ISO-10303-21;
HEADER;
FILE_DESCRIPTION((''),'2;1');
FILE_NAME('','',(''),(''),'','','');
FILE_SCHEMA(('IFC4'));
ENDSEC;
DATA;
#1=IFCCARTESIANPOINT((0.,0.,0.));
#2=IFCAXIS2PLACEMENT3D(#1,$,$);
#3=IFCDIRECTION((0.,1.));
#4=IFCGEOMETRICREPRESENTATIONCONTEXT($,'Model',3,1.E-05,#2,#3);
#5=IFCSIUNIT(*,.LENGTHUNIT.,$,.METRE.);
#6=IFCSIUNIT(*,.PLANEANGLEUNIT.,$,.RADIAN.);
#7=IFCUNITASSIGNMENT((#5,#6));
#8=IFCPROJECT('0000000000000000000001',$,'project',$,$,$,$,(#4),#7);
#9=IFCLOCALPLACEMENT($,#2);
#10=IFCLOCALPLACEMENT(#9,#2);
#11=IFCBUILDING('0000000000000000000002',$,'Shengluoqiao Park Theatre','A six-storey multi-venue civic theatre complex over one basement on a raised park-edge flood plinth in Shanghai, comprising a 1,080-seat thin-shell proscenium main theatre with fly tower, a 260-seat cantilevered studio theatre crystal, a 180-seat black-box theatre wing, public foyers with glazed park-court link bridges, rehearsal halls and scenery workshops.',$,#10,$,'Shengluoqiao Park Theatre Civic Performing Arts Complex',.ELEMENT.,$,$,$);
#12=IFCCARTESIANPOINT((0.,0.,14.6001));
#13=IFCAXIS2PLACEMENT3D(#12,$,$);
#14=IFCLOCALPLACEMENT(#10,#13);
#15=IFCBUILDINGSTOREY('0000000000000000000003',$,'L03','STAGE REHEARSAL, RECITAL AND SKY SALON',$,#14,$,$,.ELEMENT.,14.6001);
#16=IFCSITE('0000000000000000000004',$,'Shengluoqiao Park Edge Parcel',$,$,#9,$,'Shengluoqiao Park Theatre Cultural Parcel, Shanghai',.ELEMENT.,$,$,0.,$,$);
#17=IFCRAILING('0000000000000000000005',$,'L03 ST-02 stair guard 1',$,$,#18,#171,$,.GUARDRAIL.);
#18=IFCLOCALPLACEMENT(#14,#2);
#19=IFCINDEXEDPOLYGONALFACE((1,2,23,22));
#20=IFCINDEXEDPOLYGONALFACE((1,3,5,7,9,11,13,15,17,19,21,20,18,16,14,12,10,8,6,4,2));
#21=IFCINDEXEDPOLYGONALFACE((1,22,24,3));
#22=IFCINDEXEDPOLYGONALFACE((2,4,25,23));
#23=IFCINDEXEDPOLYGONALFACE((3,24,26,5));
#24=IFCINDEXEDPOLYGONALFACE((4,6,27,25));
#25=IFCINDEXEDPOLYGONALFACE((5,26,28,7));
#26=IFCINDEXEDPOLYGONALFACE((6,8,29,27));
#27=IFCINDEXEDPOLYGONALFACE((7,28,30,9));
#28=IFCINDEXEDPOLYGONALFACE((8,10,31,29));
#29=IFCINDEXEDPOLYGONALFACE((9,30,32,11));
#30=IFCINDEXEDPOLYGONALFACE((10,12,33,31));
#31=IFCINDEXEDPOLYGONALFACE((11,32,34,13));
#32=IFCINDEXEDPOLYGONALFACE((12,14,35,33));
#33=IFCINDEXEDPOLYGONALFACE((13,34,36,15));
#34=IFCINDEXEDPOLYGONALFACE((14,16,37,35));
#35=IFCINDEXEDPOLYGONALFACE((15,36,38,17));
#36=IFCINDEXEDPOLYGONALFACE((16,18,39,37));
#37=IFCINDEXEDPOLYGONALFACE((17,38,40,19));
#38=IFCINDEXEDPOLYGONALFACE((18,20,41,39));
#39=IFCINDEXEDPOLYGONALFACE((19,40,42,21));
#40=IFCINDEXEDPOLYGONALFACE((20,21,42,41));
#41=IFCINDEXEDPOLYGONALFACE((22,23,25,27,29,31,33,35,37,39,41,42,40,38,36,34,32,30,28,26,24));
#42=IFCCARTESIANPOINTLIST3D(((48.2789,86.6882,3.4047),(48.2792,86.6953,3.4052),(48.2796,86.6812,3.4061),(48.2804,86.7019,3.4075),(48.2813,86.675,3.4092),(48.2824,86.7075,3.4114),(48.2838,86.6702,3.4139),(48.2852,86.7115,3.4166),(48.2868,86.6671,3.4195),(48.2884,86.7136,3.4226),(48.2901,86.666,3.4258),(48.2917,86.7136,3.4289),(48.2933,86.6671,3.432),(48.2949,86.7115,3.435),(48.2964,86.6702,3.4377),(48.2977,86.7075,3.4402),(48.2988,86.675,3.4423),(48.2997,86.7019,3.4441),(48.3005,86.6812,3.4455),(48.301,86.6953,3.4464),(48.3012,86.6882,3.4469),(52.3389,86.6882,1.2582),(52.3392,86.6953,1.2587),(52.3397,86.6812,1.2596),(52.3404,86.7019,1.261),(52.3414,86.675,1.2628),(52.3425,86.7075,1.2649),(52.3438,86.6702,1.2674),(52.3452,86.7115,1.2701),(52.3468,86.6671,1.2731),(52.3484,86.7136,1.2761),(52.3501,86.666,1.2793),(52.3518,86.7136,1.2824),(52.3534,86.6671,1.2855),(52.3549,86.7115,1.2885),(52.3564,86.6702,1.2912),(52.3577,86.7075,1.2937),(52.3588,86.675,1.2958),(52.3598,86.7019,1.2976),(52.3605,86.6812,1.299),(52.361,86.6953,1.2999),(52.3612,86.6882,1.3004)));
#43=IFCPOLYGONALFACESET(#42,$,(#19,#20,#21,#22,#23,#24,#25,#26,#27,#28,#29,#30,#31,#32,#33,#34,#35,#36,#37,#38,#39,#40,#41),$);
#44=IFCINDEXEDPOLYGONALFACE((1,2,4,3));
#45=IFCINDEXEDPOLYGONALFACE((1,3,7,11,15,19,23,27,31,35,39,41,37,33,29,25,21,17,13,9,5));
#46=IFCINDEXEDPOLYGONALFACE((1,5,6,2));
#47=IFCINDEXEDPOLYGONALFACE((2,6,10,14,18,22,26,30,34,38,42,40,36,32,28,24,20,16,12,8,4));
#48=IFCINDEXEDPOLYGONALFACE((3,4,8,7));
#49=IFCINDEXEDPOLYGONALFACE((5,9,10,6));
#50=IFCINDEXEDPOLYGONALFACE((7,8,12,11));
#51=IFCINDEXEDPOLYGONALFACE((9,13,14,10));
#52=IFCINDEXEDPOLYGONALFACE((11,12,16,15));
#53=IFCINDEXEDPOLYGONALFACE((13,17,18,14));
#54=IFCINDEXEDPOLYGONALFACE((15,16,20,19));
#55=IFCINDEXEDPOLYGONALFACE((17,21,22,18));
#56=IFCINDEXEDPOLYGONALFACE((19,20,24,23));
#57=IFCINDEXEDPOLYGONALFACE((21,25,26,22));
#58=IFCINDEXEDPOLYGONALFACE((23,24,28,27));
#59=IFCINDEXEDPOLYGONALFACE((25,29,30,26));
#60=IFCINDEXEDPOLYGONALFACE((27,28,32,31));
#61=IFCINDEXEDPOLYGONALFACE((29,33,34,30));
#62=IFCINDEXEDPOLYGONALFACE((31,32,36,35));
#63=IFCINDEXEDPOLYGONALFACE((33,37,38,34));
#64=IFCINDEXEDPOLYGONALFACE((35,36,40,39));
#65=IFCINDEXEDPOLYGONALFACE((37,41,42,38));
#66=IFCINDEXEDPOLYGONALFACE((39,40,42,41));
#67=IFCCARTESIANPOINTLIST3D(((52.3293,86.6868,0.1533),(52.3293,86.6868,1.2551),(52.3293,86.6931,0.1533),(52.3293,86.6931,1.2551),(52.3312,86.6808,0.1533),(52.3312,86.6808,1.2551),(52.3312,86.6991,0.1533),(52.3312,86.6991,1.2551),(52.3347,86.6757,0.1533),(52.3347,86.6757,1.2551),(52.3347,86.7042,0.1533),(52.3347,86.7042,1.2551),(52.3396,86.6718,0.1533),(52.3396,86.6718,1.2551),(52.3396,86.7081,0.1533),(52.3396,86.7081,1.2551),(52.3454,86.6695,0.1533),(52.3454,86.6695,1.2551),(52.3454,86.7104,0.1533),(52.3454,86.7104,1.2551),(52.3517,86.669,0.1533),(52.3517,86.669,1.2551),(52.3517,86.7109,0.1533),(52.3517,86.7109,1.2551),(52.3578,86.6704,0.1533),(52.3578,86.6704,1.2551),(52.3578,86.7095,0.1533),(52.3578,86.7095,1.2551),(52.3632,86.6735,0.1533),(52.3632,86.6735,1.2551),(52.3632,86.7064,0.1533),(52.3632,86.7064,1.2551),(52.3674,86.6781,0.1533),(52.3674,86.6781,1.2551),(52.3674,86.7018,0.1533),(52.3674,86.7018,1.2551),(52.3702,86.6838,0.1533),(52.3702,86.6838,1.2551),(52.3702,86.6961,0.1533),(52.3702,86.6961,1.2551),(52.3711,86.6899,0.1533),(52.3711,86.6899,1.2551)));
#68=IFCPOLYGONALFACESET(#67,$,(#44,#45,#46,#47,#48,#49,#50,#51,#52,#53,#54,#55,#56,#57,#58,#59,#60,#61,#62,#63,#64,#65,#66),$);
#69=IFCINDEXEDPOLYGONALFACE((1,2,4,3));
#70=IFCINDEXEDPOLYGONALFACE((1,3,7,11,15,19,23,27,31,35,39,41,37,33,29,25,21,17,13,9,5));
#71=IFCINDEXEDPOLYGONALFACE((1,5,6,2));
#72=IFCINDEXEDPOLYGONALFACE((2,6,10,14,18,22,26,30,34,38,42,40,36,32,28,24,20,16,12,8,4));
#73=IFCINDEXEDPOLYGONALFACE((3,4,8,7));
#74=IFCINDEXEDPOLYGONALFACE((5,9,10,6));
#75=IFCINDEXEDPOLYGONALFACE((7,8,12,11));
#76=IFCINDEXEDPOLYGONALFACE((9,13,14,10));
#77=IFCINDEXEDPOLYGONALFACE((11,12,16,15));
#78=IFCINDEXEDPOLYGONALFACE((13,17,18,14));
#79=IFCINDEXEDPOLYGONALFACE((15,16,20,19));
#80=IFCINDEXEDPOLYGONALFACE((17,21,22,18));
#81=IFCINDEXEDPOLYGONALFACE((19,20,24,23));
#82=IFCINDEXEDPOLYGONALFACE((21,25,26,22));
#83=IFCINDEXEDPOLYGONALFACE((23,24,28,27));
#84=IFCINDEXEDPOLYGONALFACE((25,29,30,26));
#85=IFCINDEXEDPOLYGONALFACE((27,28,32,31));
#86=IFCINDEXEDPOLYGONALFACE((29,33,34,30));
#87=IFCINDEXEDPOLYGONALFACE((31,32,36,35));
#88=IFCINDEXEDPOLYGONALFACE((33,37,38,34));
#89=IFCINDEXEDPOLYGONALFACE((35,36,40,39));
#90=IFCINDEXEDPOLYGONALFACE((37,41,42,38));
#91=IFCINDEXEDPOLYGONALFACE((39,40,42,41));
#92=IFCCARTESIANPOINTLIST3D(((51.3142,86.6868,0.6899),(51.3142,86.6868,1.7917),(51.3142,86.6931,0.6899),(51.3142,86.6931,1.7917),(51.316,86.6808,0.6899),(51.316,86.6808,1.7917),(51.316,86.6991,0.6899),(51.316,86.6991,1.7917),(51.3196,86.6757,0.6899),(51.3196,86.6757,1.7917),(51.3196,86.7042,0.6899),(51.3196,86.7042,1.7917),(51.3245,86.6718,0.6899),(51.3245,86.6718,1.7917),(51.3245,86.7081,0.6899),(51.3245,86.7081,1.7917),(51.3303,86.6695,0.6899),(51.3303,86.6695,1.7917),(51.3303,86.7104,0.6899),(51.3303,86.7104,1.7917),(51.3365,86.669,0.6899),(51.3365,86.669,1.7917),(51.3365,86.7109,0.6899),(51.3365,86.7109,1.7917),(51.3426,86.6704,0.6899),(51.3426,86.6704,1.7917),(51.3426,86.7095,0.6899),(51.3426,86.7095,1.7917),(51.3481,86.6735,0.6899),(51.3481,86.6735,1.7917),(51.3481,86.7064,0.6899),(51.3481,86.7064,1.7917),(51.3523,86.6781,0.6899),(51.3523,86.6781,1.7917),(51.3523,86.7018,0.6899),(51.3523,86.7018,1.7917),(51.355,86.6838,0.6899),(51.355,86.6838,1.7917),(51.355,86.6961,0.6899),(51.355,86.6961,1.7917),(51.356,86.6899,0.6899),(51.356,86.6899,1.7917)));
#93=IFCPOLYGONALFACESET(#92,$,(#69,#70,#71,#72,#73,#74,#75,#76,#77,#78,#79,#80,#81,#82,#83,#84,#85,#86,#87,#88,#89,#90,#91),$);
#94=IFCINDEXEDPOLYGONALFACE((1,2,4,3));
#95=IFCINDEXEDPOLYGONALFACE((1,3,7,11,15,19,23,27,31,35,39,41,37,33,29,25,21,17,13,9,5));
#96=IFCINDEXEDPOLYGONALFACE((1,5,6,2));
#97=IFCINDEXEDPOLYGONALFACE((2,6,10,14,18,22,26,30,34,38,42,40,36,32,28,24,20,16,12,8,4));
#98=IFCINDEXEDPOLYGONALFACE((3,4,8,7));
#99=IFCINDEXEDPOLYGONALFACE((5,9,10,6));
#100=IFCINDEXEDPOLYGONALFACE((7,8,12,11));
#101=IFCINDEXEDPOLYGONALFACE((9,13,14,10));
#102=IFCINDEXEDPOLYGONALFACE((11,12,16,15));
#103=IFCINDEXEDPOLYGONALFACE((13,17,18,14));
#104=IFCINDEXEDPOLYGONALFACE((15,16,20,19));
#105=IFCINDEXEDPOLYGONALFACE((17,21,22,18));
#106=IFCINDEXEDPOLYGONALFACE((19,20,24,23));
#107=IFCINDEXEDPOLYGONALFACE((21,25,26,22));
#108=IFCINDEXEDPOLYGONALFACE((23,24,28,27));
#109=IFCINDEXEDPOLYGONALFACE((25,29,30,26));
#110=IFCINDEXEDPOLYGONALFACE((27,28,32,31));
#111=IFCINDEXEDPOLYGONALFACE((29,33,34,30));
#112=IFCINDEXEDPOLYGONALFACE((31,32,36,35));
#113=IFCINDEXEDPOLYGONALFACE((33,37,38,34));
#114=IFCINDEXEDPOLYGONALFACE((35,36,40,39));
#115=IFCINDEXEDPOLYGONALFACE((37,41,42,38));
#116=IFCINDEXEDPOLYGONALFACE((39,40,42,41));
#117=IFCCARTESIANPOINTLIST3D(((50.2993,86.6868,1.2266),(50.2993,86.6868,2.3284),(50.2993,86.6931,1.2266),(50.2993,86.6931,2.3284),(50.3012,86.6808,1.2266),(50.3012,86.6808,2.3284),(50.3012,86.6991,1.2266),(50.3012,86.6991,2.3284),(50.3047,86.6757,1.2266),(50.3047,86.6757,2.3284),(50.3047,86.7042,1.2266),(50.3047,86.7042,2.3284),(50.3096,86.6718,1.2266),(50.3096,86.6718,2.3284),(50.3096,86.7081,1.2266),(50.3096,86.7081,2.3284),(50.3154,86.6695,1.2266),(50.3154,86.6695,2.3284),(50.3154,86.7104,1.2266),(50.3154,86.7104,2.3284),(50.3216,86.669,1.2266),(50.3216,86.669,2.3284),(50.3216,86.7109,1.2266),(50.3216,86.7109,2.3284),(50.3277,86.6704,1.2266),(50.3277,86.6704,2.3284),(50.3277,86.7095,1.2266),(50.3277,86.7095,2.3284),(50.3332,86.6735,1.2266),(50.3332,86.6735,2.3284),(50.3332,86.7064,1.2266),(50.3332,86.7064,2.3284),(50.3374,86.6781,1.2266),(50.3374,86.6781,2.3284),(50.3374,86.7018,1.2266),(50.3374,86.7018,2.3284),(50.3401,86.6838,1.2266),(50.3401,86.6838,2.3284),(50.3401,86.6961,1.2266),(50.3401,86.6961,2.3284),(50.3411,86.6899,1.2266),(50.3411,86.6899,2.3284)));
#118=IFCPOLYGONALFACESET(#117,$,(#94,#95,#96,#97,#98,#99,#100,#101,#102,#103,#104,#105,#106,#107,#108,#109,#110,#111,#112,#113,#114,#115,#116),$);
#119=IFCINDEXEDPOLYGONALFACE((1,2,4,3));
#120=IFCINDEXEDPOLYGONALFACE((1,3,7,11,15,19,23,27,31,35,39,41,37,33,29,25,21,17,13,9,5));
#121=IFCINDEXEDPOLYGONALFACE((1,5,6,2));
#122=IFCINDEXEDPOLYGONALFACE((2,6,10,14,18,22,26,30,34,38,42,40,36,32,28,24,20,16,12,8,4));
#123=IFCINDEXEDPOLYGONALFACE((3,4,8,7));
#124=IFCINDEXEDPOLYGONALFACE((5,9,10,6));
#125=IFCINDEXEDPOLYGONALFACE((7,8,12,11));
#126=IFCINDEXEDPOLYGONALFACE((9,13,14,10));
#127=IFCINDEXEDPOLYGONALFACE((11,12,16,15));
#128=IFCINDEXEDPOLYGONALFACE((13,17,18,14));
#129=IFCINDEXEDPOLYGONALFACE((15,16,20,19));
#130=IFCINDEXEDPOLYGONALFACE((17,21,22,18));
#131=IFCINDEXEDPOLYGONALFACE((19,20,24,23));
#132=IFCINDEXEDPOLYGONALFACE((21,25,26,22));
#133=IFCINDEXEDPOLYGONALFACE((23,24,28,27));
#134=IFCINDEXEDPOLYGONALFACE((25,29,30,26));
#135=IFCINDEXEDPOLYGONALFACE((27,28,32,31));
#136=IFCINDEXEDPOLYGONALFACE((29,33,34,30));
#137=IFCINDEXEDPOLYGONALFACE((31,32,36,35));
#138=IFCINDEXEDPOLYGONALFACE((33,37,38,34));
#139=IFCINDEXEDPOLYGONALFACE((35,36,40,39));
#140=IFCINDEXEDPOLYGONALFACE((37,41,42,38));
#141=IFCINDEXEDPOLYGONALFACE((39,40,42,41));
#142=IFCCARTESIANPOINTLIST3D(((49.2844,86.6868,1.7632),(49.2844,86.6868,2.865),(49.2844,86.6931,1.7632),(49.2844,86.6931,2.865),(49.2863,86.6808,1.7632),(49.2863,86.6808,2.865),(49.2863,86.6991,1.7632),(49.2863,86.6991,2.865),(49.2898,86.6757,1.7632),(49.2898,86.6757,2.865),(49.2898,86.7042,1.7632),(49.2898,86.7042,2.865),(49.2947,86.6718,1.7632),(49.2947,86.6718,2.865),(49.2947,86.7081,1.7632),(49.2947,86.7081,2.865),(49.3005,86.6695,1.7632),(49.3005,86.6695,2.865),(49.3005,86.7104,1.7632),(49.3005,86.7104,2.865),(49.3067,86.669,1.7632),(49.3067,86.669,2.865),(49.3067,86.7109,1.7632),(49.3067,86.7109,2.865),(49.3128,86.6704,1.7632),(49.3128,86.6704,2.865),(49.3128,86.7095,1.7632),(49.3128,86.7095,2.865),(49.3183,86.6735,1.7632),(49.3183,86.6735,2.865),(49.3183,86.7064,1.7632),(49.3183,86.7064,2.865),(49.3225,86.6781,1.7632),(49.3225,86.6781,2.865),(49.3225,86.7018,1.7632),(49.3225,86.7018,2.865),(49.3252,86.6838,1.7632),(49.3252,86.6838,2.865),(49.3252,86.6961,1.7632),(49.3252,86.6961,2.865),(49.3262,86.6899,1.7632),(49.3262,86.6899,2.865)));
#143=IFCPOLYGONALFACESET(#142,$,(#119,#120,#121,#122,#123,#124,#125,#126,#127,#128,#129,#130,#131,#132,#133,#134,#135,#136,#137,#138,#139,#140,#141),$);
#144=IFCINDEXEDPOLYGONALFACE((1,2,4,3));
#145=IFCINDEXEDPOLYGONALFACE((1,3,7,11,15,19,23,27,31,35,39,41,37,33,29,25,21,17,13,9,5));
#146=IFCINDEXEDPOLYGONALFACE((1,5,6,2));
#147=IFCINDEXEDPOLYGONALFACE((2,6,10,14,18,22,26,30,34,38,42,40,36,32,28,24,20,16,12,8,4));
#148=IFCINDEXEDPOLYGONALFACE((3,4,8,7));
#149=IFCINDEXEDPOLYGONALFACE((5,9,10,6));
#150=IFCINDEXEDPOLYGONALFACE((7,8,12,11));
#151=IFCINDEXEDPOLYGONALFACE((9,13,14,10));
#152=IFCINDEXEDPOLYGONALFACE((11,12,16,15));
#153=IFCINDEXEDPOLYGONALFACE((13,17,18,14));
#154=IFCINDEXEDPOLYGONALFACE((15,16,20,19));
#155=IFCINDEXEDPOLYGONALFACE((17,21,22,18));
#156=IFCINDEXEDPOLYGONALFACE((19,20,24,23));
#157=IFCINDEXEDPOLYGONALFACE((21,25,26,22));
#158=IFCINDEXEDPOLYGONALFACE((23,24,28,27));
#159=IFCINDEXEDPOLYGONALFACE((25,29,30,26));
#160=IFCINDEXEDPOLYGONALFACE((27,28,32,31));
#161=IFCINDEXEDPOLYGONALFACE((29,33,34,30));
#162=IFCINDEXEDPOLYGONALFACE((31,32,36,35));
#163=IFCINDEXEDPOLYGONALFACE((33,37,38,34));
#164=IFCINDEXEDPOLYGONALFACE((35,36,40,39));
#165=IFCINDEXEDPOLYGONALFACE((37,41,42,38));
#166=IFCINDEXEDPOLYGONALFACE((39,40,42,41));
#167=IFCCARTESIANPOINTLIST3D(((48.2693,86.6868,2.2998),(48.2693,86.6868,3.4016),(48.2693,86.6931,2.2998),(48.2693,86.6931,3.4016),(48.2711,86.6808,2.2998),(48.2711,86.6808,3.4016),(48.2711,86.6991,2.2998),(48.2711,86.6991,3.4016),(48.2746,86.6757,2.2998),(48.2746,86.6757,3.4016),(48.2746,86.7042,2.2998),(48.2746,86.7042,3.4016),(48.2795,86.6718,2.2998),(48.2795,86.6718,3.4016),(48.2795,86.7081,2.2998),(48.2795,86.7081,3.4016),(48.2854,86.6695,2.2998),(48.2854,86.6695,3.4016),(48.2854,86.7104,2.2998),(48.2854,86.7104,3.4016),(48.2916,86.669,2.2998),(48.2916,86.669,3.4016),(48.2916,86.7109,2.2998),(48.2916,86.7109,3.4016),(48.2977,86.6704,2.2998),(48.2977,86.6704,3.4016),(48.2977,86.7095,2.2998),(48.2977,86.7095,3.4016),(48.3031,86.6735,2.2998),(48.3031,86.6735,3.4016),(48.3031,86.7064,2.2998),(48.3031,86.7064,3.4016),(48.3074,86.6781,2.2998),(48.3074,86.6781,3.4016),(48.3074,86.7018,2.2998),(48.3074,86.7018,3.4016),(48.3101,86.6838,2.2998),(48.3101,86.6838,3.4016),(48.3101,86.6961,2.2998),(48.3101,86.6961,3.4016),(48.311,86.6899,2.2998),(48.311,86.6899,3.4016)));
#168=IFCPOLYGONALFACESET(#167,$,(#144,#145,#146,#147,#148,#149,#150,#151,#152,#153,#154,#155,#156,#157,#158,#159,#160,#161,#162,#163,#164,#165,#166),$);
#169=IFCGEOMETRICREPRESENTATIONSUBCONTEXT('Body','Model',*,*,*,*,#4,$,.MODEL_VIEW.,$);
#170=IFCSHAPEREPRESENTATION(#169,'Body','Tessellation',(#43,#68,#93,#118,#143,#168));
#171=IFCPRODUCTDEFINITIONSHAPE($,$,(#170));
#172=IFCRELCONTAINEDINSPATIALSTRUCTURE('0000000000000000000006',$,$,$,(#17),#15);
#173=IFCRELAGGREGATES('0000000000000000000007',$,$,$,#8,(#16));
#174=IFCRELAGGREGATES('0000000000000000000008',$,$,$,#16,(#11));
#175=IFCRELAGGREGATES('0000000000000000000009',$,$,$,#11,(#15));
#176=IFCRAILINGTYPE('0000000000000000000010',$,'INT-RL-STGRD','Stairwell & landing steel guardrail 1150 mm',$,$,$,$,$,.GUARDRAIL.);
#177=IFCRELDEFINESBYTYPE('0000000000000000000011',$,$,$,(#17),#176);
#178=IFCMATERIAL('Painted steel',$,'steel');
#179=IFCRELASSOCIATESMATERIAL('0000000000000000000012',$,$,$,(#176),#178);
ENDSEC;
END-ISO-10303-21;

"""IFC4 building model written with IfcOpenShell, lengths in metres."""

from ifc_helpers import new_model, si_unit, direction, frame, origin, origin_2d, place, context, subcontext, project, spatial, circle, extrude, material, type_object, element, save


model = new_model("IFC4")

# Units and contexts
model_context = context("Model", 3, precision=1e-05, world=origin(), true_north=direction((0.0, 1.0)))
body_context = subcontext(model_context, "Body", "Model", "MODEL_VIEW")
ifc_project = project(units=[si_unit("LENGTHUNIT", "METRE"), si_unit("PLANEANGLEUNIT", "RADIAN")], contexts=[model_context])

# Site, building, storey
site_placement = place(None, origin())
site = spatial("IfcSite", under=ifc_project, at=site_placement, Name="Shengluoqiao Park Edge Parcel", LongName="Shengluoqiao Park Theatre Cultural Parcel, Shanghai", CompositionType="ELEMENT", RefElevation=0.0)
building_placement = place(site_placement, origin())
building = spatial("IfcBuilding", under=site, at=building_placement, Name="Shengluoqiao Park Theatre", Description="A six-storey multi-venue civic theatre complex over one basement on a raised park-edge flood plinth in Shanghai, comprising a 1,080-seat thin-shell proscenium main theatre with fly tower, a 260-seat cantilevered studio theatre crystal, a 180-seat black-box theatre wing, public foyers with glazed park-court link bridges, rehearsal halls and scenery workshops.", LongName="Shengluoqiao Park Theatre Civic Performing Arts Complex", CompositionType="ELEMENT")
storey_placement = place(building_placement, frame((0.0, 0.0, 14.6001)))
storey = spatial("IfcBuildingStorey", under=building, at=storey_placement, Name="L03", Description="STAGE REHEARSAL, RECITAL AND SKY SALON", CompositionType="ELEMENT", Elevation=14.6001)

# Railing
ifc_material_1 = material(Name="Painted steel", Category="steel")
railing_type_1 = type_object("IfcRailingType", Name="INT-RL-STGRD", Description="Stairwell & landing steel guardrail 1150 mm", PredefinedType="GUARDRAIL", material=ifc_material_1)
railing_1_placement = place(storey_placement, frame((52.3501, 86.6899, 0.1533)))
element("IfcRailing", 1, at=railing_1_placement, inside=storey, type_object=railing_type_1, Name="L03 ST-02 stair guard 1", PredefinedType="GUARDRAIL", context=body_context, shape_type="SweptSolid", body=[
    extrude(circle(Radius=0.0239, at=origin_2d()), frame((0.0, 0.0, 1.126), z_axis=(-0.884054, 0.0, 0.467384), x_axis=(0.0, -1.0, 0.0)), (0.0, 0.0, 1.0), 4.5925),
    extrude(circle(Radius=0.021, at=origin_2d()), origin(), (0.0, 0.0, 1.0), 1.1018),
    extrude(circle(Radius=0.021, at=origin_2d()), frame((-1.0151, 0.0, 0.5366)), (0.0, 0.0, 1.0), 1.1018),
    extrude(circle(Radius=0.021, at=origin_2d()), frame((-2.03, 0.0, 1.0732)), (0.0, 0.0, 1.0), 1.1018),
    extrude(circle(Radius=0.021, at=origin_2d()), frame((-3.0449, 0.0, 1.6099)), (0.0, 0.0, 1.0), 1.1018),
    extrude(circle(Radius=0.021, at=origin_2d()), frame((-4.0601, 0.0, 2.1465)), (0.0, 0.0, 1.0), 1.1018),
])

save(model, "model.ifc")
